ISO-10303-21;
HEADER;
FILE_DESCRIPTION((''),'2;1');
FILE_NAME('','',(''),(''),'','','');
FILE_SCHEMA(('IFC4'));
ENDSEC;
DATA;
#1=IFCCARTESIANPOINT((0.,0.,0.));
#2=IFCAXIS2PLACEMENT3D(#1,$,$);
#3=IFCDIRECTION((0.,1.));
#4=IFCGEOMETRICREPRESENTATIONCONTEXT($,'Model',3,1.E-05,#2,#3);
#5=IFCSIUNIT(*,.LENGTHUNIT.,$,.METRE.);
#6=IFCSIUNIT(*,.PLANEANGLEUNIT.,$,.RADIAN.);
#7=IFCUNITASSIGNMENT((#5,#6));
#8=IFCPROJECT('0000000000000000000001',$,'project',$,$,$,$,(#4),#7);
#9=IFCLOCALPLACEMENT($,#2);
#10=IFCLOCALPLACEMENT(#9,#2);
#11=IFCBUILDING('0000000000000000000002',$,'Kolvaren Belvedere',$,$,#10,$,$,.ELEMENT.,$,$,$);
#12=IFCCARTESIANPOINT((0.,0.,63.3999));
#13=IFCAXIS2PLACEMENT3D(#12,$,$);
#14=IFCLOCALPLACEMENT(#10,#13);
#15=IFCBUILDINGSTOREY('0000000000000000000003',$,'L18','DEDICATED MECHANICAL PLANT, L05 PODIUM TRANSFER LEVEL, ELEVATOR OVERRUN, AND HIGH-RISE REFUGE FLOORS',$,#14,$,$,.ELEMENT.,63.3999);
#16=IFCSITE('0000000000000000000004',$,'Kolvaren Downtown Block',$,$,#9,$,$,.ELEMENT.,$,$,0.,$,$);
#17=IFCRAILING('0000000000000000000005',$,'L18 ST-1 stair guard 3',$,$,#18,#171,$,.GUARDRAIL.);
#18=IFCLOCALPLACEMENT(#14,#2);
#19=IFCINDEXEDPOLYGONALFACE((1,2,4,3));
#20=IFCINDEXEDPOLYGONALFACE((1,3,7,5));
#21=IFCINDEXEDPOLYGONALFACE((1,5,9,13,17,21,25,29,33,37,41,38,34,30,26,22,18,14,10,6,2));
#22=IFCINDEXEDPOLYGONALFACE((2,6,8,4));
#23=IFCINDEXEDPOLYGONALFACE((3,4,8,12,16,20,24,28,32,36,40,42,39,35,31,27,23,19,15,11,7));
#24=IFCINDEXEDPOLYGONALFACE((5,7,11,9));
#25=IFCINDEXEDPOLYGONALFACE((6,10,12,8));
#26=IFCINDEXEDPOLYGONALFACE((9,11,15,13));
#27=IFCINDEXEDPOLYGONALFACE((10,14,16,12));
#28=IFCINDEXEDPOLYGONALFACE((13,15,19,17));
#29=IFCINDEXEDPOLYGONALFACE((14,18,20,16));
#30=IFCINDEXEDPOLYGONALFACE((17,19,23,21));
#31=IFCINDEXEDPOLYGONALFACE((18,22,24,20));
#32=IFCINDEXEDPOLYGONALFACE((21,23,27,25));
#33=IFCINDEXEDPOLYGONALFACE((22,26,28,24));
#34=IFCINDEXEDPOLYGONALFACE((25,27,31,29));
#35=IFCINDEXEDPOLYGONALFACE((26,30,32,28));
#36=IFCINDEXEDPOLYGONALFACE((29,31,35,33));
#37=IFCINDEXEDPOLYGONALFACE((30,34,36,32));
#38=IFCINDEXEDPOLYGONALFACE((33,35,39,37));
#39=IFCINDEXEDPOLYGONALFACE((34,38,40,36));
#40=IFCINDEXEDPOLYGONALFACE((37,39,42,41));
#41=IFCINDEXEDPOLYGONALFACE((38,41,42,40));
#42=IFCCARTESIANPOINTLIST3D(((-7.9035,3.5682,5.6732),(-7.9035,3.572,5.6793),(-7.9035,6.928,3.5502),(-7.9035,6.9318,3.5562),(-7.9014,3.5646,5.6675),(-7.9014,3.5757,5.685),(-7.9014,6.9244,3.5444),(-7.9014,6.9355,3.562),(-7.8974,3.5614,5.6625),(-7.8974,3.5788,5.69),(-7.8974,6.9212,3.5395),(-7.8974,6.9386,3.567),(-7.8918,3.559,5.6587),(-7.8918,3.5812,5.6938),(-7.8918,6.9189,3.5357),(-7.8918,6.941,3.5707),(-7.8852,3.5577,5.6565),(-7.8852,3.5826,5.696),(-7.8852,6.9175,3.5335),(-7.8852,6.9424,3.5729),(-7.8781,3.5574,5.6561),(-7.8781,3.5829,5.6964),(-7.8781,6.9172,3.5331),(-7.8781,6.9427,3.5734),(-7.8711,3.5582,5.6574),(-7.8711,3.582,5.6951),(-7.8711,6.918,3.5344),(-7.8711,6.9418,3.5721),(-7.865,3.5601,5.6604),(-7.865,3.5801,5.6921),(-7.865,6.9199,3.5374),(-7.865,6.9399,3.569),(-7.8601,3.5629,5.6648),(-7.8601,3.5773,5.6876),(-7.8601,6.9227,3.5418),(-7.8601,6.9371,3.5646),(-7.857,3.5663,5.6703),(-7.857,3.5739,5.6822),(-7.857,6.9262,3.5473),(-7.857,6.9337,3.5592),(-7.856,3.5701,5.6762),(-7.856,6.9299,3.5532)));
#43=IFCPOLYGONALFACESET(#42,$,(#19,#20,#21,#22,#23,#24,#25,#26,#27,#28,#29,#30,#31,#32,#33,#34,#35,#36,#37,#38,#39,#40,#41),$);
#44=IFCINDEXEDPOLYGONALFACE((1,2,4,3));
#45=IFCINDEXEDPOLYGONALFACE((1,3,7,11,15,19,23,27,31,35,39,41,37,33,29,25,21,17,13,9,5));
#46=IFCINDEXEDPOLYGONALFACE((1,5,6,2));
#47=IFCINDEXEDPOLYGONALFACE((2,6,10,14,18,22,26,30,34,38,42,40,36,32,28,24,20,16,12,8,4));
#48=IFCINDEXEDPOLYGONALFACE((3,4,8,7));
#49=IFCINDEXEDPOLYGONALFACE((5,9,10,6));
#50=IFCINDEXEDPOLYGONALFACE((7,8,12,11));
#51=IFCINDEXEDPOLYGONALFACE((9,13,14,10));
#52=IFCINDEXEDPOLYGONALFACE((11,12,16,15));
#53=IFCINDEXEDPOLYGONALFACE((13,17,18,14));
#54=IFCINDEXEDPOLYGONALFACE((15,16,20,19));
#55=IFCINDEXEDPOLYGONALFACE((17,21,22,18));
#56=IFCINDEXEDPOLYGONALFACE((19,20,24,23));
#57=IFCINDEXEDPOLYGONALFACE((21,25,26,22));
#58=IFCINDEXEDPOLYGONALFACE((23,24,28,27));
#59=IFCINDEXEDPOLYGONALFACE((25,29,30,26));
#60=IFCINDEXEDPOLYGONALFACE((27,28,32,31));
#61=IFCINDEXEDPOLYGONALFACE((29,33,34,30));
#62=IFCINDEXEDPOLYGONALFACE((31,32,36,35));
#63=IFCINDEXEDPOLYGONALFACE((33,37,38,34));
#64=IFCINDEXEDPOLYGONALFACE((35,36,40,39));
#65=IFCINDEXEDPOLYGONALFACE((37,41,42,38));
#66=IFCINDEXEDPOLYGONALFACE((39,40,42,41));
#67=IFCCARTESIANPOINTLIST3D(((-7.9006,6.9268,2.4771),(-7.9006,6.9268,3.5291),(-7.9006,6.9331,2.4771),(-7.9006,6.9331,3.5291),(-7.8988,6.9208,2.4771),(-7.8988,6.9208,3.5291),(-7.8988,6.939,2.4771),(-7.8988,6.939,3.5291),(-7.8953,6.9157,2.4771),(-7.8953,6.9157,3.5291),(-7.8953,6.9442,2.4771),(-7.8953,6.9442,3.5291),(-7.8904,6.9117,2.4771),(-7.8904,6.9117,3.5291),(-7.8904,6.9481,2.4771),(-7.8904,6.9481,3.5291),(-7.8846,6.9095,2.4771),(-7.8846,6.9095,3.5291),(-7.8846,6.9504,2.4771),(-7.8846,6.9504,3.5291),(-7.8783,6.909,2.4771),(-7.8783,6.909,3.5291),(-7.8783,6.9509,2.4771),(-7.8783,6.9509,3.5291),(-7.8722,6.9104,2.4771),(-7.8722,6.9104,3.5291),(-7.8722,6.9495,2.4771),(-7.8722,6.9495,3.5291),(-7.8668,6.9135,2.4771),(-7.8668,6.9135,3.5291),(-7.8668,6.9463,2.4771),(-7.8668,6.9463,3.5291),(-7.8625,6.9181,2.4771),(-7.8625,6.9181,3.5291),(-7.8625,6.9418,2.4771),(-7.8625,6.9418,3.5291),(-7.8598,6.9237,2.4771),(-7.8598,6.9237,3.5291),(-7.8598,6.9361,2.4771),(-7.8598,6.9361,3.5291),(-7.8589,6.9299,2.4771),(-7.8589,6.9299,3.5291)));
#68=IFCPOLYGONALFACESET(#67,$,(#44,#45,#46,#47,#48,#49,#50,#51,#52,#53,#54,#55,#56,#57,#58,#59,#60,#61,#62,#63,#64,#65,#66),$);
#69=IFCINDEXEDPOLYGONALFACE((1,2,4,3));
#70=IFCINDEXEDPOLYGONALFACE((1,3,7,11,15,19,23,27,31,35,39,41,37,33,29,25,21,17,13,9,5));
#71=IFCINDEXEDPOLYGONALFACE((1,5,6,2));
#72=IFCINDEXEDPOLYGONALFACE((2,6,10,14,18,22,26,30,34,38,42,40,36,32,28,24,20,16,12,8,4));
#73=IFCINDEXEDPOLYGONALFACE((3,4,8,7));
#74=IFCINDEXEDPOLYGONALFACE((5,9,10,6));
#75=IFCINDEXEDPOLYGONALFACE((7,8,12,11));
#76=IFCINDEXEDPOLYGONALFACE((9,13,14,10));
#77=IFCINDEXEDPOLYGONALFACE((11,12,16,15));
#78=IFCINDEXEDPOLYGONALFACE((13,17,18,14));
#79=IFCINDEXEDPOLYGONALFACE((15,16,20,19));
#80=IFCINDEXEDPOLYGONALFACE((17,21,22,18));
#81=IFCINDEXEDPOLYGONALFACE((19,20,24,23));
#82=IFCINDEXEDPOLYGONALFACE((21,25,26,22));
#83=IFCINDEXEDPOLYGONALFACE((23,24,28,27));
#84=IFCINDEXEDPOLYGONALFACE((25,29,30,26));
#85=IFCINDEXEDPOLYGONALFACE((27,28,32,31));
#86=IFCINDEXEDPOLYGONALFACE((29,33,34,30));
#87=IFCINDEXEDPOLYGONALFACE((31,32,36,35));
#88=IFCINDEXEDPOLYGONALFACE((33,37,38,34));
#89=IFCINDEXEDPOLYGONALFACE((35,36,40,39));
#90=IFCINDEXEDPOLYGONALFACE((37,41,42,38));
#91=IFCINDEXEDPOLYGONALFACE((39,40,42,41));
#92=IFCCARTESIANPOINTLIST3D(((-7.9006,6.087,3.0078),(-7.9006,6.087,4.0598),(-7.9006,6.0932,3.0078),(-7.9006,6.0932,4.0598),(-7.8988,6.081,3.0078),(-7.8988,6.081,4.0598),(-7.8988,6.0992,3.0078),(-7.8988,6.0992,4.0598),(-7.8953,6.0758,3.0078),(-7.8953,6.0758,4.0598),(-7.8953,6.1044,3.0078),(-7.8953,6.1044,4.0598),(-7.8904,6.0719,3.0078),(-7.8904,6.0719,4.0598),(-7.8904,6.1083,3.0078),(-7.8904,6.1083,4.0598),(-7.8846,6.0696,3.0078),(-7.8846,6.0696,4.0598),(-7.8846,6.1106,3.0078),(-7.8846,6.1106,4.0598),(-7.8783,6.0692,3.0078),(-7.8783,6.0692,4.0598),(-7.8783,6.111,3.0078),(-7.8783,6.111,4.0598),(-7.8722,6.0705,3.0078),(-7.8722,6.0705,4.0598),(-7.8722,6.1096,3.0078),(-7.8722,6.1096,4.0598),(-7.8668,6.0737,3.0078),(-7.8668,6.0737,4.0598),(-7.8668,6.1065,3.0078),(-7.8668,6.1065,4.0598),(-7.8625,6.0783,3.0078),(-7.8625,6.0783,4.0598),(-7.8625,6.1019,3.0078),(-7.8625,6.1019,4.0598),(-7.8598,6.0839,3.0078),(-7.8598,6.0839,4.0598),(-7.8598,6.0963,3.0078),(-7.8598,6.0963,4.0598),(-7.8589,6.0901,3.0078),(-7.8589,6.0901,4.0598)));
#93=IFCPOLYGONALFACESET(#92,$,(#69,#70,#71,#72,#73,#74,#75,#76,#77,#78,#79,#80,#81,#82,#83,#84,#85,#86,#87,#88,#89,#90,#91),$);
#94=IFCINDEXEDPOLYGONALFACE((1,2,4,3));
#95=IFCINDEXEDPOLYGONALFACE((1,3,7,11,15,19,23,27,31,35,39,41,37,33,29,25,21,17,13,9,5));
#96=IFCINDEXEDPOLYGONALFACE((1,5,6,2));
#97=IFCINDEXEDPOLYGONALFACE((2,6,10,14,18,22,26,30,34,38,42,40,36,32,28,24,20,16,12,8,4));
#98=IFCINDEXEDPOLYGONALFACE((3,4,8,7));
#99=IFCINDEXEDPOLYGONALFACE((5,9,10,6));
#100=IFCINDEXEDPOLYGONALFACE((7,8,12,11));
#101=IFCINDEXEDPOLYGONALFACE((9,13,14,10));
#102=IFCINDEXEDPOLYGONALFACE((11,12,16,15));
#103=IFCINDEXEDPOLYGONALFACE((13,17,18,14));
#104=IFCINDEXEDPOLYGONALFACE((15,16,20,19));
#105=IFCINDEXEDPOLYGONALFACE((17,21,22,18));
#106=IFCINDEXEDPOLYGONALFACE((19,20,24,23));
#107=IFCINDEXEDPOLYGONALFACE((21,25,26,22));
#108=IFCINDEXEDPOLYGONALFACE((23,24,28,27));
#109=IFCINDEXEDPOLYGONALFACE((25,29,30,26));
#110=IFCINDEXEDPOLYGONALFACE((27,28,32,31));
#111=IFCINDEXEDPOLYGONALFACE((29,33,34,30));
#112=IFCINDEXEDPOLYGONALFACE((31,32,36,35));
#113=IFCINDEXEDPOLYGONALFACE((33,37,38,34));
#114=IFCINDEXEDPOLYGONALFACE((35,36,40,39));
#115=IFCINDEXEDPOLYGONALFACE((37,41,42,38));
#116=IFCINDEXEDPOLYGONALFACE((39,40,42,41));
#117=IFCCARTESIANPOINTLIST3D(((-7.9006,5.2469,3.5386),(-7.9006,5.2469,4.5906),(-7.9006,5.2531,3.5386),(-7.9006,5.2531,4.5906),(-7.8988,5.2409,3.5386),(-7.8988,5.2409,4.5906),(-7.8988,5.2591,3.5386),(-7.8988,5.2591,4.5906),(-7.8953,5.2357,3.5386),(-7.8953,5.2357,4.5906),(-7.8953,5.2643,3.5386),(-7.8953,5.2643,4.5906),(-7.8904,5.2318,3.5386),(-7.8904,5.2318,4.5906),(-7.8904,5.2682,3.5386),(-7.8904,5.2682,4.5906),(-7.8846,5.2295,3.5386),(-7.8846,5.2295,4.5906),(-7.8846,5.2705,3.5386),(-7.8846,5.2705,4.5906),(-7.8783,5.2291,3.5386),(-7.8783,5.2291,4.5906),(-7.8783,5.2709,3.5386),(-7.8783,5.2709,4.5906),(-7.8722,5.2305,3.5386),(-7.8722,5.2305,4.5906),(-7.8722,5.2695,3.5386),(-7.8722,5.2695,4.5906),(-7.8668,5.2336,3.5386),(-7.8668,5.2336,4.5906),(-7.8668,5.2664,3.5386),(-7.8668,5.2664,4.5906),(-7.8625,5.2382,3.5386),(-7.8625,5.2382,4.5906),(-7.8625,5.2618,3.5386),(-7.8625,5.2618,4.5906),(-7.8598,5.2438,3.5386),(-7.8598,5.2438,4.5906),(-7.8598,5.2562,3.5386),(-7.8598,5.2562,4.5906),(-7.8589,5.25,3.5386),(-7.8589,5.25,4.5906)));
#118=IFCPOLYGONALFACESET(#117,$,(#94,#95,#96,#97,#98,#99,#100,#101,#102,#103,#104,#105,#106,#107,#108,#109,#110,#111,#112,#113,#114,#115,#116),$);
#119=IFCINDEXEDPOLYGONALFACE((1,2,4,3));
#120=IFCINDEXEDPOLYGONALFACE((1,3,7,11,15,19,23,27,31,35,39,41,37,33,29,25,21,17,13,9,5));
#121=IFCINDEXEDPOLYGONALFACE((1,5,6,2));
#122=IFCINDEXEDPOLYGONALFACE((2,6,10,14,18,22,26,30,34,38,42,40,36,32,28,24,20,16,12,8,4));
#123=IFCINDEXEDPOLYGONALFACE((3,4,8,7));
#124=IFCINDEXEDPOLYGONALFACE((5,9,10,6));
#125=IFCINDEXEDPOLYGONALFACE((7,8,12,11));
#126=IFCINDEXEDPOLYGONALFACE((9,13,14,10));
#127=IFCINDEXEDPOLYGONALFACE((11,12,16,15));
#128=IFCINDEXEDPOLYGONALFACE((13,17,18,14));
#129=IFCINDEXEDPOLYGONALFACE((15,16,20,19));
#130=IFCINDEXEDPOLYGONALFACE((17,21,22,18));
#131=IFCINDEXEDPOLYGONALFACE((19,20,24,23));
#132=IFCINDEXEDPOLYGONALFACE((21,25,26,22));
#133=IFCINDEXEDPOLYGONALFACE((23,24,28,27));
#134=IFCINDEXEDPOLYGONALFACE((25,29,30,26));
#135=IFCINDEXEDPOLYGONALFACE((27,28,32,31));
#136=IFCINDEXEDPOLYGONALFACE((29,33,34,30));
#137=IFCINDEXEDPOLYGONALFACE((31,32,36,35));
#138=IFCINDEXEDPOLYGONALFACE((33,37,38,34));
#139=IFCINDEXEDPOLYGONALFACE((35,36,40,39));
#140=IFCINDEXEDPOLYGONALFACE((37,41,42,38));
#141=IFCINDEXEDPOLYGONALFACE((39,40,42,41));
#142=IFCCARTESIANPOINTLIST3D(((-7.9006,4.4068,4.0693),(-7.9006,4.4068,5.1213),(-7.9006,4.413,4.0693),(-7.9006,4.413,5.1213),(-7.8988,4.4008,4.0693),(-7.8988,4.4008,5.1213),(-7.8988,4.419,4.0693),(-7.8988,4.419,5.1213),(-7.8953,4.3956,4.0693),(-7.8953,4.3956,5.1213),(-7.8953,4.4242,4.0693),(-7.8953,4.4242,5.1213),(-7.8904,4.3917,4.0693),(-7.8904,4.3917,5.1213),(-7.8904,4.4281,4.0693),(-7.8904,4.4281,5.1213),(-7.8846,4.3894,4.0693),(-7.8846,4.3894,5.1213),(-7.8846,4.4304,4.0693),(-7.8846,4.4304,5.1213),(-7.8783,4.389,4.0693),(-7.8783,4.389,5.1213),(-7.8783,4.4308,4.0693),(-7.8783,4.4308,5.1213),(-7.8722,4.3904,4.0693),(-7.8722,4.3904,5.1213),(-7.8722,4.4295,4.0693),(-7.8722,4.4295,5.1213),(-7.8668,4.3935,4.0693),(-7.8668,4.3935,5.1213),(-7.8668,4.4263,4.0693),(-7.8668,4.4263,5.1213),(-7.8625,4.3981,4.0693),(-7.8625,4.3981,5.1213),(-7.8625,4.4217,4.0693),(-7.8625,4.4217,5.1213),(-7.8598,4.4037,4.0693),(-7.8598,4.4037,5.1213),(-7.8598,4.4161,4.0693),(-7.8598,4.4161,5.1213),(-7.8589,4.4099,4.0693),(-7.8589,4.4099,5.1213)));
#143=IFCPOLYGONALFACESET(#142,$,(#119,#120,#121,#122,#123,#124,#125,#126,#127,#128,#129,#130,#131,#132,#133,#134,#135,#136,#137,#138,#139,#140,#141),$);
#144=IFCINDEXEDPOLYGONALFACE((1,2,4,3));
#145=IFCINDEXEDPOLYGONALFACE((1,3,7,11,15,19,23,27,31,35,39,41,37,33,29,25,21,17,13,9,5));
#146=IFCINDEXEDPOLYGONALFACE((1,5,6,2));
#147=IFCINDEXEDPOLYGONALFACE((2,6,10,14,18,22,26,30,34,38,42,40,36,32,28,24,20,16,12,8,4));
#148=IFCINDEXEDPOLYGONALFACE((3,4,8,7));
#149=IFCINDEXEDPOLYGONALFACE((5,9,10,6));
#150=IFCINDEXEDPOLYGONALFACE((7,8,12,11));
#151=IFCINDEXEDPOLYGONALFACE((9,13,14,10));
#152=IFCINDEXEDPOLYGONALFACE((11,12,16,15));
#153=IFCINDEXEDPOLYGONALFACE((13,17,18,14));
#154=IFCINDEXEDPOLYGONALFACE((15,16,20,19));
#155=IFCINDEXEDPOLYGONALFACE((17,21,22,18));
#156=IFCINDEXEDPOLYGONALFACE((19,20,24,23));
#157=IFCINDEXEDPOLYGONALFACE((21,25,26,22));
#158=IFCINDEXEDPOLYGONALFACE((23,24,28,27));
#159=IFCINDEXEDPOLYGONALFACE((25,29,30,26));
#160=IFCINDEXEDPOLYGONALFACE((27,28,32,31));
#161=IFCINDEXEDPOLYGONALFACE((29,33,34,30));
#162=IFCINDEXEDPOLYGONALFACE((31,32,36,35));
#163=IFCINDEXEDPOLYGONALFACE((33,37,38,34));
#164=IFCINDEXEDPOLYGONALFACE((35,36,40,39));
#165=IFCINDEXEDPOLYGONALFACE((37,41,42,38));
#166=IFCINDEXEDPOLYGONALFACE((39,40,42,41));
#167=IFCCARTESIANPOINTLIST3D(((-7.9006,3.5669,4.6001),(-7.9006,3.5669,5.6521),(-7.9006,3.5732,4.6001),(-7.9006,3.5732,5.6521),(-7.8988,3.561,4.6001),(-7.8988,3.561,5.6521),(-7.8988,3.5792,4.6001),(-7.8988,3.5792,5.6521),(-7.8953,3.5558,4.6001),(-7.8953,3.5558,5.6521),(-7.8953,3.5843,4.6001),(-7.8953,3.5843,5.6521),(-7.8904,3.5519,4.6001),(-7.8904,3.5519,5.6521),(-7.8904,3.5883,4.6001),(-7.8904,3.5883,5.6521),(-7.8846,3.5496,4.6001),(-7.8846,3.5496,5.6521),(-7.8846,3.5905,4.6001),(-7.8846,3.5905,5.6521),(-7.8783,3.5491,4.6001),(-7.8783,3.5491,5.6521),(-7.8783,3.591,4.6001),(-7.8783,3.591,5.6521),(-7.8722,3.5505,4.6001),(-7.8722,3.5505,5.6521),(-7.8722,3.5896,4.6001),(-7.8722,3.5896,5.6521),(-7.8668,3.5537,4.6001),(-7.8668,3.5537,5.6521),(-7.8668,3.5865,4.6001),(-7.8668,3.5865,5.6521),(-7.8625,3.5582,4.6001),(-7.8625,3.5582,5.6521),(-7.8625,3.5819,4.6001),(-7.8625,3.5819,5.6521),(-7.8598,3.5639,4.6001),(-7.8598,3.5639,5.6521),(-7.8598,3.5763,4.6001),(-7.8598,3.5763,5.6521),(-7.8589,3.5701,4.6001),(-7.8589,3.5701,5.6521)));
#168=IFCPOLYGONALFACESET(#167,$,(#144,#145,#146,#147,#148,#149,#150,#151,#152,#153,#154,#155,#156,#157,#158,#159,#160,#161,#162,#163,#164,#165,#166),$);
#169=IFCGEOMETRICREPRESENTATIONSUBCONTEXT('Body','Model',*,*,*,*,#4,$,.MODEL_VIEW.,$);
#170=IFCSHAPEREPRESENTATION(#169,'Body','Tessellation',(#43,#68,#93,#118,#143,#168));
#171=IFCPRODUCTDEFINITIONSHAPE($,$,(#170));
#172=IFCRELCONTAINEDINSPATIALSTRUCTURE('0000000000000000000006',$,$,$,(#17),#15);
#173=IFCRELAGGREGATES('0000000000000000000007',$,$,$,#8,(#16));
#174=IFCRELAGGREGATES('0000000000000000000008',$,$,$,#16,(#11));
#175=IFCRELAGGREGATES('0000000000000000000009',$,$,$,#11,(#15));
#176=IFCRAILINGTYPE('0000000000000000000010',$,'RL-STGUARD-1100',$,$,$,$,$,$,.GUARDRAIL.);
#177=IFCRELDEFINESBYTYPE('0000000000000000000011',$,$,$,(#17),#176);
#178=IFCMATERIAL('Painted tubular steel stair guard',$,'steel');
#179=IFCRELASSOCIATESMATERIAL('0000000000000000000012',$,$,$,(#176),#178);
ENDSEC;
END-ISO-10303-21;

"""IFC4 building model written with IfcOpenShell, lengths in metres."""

from ifc_helpers import new_model, si_unit, direction, frame, origin, origin_2d, place, context, subcontext, project, spatial, circle, extrude, material, type_object, element, save


model = new_model("IFC4")

# Units and contexts
model_context = context("Model", 3, precision=1e-05, world=origin(), true_north=direction((0.0, 1.0)))
body_context = subcontext(model_context, "Body", "Model", "MODEL_VIEW")
ifc_project = project(units=[si_unit("LENGTHUNIT", "METRE"), si_unit("PLANEANGLEUNIT", "RADIAN")], contexts=[model_context])

# Site, building, storey
site_placement = place(None, origin())
site = spatial("IfcSite", under=ifc_project, at=site_placement, Name="Kolvaren Downtown Block", CompositionType="ELEMENT", RefElevation=0.0)
building_placement = place(site_placement, origin())
building = spatial("IfcBuilding", under=site, at=building_placement, Name="Kolvaren Belvedere", CompositionType="ELEMENT")
storey_placement = place(building_placement, frame((0.0, 0.0, 63.3999)))
storey = spatial("IfcBuildingStorey", under=building, at=storey_placement, Name="L18", Description="DEDICATED MECHANICAL PLANT, L05 PODIUM TRANSFER LEVEL, ELEVATOR OVERRUN, AND HIGH-RISE REFUGE FLOORS", CompositionType="ELEMENT", Elevation=63.3999)

# Railing
ifc_material_1 = material(Name="Painted tubular steel stair guard", Category="steel")
railing_type = type_object("IfcRailingType", Name="RL-STGUARD-1100", PredefinedType="GUARDRAIL", material=ifc_material_1)
railing_1_placement = place(storey_placement, frame((-7.8799, 6.9299, 2.4771)))
element("IfcRailing", 1, at=railing_1_placement, inside=storey, type_object=railing_type, Name="L18 ST-1 stair guard 3", PredefinedType="GUARDRAIL", context=body_context, shape_type="SweptSolid", body=[
    extrude(circle(Radius=0.0239, at=origin_2d()), frame((0.0, 0.0, 1.0762), z_axis=(0.0, -0.845372, 0.534178), x_axis=(1.0, 0.0, 0.0)), (0.0, 0.0, 1.0), 3.9744),
    extrude(circle(Radius=0.021, at=origin_2d()), origin(), (0.0, 0.0, 1.0), 1.052),
    extrude(circle(Radius=0.021, at=origin_2d()), frame((0.0, -0.8398, 0.5308)), (0.0, 0.0, 1.0), 1.052),
    extrude(circle(Radius=0.021, at=origin_2d()), frame((0.0, -1.6799, 1.0615)), (0.0, 0.0, 1.0), 1.052),
    extrude(circle(Radius=0.021, at=origin_2d()), frame((0.0, -2.52, 1.5923)), (0.0, 0.0, 1.0), 1.052),
    extrude(circle(Radius=0.021, at=origin_2d()), frame((0.0, -3.3599, 2.123)), (0.0, 0.0, 1.0), 1.052),
])

save(model, "model.ifc")
